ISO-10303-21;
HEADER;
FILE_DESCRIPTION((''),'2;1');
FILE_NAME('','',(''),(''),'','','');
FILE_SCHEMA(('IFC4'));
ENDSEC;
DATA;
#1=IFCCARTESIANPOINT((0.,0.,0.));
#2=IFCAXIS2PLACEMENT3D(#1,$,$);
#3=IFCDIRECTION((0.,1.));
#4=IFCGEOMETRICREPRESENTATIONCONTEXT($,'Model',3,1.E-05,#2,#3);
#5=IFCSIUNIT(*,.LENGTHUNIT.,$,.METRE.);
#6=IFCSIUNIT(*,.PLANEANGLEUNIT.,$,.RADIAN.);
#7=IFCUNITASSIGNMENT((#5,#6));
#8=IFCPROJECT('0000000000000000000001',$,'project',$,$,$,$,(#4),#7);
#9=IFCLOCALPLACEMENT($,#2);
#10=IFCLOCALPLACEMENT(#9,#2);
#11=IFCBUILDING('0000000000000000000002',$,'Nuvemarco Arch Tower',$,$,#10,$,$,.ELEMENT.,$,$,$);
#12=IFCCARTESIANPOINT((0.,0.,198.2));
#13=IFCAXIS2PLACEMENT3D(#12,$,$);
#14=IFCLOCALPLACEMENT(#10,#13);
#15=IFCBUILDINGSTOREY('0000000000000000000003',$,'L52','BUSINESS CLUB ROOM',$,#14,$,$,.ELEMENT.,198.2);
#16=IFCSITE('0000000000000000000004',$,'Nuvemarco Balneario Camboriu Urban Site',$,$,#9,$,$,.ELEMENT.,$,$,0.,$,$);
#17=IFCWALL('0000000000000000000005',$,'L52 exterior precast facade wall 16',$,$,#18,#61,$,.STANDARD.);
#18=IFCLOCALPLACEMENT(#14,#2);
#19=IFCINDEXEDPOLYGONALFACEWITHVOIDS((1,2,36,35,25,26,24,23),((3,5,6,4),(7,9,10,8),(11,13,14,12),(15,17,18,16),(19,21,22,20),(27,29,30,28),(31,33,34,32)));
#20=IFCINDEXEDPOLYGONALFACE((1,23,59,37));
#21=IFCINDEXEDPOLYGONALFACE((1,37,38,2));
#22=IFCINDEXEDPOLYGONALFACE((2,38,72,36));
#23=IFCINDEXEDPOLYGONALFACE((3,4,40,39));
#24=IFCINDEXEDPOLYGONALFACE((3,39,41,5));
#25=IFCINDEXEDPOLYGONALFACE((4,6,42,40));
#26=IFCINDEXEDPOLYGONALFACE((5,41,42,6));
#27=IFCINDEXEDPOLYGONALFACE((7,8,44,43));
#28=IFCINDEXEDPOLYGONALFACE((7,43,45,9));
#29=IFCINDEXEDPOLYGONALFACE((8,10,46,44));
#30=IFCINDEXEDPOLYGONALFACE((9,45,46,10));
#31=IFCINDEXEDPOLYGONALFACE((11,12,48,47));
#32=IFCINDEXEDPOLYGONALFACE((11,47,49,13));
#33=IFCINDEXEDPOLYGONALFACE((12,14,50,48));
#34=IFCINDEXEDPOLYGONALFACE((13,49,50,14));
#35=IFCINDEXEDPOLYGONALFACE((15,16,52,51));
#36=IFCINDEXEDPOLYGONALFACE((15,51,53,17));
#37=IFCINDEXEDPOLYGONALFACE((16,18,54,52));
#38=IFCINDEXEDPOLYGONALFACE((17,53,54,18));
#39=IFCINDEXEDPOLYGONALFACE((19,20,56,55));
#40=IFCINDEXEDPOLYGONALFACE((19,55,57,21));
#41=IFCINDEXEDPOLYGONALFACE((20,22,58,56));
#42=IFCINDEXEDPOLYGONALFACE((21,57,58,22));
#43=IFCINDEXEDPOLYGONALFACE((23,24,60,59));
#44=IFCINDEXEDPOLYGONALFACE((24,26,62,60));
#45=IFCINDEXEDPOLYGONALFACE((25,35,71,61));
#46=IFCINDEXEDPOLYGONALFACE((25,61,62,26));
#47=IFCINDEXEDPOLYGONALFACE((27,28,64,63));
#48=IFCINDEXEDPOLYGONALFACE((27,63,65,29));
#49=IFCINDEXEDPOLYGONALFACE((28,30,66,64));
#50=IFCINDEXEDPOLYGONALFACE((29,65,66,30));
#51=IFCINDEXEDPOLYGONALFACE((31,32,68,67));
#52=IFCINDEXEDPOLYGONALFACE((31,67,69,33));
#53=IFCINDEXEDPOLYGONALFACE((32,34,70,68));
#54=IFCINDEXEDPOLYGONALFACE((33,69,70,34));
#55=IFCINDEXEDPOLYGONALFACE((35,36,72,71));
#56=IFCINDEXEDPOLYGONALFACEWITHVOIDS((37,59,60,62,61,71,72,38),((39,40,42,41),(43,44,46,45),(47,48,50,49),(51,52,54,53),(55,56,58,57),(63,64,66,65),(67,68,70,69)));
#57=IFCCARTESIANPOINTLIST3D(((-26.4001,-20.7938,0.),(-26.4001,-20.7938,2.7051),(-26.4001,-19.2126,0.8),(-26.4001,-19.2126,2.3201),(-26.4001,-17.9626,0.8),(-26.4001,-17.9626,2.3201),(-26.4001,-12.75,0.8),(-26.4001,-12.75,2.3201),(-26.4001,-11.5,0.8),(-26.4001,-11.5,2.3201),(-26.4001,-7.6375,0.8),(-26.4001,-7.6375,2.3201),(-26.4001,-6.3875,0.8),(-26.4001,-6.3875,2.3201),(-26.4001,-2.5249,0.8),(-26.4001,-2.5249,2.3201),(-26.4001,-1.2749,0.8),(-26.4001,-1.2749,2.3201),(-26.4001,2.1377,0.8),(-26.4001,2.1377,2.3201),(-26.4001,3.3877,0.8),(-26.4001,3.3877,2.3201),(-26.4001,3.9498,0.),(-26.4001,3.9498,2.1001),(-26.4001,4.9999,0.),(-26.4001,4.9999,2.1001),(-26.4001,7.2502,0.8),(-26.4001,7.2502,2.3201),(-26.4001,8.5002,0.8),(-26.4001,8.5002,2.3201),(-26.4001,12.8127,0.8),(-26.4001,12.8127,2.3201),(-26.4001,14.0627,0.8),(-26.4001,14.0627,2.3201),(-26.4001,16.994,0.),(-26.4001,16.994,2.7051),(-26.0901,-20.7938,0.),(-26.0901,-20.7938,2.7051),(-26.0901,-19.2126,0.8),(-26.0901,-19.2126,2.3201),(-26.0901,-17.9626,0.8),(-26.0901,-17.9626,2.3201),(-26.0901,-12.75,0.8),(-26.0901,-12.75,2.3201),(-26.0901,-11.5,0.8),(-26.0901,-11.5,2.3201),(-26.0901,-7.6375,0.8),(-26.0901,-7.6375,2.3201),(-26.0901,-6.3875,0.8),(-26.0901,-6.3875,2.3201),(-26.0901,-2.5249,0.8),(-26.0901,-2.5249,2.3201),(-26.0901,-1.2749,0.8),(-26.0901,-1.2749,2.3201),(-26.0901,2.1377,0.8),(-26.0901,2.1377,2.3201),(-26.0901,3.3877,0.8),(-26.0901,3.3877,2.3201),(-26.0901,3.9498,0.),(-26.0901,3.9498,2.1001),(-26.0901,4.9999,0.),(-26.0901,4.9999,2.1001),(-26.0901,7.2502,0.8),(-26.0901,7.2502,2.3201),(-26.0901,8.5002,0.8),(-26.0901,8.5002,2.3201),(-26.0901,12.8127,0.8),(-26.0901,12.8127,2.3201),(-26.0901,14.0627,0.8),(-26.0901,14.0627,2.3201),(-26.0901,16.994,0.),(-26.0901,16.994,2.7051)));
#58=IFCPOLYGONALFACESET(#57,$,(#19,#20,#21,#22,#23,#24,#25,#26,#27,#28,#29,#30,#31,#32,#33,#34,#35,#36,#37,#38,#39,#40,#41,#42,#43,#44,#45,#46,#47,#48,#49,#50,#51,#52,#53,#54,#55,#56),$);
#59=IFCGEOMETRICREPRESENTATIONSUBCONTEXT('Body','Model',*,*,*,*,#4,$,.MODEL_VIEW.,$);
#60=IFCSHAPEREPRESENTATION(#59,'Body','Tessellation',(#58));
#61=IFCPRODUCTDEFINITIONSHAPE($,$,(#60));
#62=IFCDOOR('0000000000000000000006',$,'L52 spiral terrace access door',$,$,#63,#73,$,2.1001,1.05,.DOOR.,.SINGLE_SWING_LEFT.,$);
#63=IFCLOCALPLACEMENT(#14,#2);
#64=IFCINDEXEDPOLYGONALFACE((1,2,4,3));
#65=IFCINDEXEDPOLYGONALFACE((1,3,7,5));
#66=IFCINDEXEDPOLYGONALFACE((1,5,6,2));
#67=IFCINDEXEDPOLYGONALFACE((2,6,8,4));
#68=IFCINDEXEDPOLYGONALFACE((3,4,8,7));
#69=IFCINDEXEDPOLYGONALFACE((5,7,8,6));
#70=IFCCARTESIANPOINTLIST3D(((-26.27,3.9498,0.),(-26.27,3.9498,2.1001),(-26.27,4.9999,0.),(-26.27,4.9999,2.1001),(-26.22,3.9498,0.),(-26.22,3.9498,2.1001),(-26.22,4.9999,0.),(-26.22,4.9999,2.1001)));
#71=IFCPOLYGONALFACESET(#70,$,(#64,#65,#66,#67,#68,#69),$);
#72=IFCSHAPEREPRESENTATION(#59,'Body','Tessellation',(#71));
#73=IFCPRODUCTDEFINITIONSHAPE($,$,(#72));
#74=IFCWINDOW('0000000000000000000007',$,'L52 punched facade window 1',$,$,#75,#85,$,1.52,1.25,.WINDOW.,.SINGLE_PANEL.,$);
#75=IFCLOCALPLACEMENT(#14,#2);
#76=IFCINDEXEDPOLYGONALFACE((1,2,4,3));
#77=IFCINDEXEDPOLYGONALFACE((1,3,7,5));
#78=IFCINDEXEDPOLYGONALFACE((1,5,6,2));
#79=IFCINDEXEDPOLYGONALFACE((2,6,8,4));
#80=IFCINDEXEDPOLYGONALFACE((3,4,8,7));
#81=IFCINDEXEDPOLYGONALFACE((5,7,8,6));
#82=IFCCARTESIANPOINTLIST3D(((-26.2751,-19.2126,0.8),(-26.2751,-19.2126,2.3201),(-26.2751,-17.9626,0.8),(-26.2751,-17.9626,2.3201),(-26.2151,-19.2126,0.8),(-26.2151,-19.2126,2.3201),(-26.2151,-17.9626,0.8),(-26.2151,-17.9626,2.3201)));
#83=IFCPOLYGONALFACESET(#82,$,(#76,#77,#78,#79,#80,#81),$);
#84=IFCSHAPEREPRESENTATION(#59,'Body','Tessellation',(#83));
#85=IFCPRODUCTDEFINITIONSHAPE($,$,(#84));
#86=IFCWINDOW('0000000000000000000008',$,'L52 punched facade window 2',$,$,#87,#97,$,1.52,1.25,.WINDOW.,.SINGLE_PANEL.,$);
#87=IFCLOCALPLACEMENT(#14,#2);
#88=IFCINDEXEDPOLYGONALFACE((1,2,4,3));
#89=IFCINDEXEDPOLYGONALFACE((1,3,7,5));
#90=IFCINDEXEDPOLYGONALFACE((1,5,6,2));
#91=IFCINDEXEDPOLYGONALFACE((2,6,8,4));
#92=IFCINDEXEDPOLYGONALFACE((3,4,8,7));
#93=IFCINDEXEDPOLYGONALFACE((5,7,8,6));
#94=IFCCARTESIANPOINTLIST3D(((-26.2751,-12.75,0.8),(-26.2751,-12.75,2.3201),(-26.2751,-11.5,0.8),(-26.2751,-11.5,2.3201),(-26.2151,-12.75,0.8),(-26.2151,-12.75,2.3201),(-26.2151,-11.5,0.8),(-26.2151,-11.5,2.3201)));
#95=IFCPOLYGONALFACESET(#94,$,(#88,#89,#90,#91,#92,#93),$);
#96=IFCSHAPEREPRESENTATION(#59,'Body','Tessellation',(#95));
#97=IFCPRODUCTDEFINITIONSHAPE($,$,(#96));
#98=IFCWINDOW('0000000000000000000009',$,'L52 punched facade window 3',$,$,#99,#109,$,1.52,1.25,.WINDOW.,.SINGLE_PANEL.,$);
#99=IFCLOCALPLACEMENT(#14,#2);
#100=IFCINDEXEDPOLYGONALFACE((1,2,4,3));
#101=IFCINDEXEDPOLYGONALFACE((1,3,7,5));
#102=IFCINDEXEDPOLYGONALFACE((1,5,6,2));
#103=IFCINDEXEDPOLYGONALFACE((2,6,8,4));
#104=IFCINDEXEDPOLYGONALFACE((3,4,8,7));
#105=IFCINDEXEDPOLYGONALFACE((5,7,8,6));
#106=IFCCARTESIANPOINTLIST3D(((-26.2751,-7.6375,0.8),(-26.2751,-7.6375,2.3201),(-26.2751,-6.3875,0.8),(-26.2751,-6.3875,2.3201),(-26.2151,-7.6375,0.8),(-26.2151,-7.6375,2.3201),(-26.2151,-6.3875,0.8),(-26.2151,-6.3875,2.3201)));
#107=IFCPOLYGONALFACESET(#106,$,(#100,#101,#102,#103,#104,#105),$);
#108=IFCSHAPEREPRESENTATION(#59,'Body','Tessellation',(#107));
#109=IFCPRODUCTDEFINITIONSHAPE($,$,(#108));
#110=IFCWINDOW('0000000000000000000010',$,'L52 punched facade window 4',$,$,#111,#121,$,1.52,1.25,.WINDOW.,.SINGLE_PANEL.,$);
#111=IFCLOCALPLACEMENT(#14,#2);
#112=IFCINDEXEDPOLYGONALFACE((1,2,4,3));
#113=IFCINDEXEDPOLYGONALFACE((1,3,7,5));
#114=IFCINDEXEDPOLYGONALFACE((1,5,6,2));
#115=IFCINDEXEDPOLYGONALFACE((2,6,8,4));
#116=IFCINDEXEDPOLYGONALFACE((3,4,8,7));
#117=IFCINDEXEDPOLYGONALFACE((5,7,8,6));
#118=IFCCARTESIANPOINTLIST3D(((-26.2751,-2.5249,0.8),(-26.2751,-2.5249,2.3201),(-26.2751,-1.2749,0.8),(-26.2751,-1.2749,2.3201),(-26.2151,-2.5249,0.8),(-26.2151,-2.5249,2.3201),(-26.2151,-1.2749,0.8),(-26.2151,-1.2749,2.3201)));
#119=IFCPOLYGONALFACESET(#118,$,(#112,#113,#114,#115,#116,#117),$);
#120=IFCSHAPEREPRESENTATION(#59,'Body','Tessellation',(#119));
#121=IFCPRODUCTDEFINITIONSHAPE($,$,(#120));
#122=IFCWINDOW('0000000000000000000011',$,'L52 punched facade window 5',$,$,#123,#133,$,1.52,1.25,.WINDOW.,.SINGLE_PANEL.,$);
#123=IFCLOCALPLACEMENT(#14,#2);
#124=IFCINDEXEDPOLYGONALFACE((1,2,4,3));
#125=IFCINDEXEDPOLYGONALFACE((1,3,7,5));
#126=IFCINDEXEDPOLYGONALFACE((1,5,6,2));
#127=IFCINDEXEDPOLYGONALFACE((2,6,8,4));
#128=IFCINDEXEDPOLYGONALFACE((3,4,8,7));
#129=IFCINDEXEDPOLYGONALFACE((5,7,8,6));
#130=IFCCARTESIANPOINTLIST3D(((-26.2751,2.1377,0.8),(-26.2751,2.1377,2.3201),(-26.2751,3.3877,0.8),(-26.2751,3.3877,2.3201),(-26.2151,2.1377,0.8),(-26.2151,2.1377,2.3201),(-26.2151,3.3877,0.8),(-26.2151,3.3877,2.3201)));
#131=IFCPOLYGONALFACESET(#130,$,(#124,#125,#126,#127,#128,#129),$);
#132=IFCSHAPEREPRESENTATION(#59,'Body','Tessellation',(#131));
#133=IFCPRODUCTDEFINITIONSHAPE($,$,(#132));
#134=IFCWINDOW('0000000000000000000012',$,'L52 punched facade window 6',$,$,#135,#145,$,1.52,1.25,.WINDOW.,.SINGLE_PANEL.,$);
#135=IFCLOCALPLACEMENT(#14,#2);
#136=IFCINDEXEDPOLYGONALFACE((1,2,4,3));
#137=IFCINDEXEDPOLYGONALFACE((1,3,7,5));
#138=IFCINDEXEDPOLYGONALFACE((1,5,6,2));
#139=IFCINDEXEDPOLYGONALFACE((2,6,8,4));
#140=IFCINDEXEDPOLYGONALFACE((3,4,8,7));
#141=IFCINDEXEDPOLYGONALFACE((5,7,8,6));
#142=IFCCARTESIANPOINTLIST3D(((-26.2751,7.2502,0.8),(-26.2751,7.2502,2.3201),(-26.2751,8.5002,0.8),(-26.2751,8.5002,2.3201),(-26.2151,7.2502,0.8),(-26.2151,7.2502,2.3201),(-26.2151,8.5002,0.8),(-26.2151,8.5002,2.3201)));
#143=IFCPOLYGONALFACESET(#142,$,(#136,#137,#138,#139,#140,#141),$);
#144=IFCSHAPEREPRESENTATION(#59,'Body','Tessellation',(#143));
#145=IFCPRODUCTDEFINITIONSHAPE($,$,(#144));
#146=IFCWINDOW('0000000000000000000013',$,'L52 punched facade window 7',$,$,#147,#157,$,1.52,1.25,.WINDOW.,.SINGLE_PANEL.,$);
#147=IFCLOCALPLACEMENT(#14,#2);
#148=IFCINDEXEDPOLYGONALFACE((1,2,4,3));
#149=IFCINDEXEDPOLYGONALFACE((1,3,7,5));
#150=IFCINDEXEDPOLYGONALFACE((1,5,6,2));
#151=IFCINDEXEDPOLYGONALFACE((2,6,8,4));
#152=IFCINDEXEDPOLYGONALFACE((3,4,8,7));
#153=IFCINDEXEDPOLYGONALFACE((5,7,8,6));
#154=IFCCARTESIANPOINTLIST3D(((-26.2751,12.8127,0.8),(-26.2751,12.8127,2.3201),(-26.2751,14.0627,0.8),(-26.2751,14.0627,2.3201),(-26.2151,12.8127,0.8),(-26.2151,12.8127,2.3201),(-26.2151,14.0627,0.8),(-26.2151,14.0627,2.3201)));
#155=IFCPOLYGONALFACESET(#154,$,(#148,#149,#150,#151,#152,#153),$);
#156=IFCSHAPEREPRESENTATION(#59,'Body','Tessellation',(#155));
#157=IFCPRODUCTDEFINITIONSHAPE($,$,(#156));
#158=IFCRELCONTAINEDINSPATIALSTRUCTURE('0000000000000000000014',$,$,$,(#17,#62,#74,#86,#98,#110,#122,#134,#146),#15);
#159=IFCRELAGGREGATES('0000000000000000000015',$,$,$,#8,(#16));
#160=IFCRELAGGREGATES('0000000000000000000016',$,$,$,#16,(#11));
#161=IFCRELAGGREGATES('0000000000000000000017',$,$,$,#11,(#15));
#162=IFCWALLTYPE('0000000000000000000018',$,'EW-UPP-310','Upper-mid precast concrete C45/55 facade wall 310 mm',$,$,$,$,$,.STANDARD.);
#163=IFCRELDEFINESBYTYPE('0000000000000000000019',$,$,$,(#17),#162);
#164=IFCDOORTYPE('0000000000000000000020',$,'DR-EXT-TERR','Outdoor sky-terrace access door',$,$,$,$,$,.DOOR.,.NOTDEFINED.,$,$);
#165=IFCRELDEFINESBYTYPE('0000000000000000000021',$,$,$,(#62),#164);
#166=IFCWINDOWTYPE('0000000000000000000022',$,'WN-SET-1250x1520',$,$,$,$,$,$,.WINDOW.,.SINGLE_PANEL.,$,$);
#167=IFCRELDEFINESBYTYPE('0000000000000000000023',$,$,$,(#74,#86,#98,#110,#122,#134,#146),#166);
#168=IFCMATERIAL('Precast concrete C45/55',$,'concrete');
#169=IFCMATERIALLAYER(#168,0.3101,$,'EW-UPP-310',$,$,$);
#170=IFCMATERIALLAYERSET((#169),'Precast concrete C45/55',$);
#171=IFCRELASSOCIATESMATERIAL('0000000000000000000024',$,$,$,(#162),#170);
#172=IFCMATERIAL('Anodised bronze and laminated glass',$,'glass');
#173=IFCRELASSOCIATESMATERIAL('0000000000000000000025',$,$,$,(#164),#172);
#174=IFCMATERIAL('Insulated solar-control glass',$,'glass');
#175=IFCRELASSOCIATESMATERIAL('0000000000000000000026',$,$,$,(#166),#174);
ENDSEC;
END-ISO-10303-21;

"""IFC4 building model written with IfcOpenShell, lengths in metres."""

from ifc_helpers import new_model, si_unit, direction, frame, frame_2d, origin, place, context, subcontext, project, spatial, rectangle, extrude, source, transform, mapped, material, layer, layer_set, type_object, type_shapes, element, fill, save


model = new_model("IFC4")

# Units and contexts
model_context = context("Model", 3, precision=1e-05, world=origin(), true_north=direction((0.0, 1.0)))
body_context = subcontext(model_context, "Body", "Model", "MODEL_VIEW")
ifc_project = project(units=[si_unit("LENGTHUNIT", "METRE"), si_unit("PLANEANGLEUNIT", "RADIAN")], contexts=[model_context])

# Site, building, storey
site_placement = place(None, origin())
site = spatial("IfcSite", under=ifc_project, at=site_placement, Name="Nuvemarco Balneario Camboriu Urban Site", CompositionType="ELEMENT", RefElevation=0.0)
building_placement = place(site_placement, origin())
building = spatial("IfcBuilding", under=site, at=building_placement, Name="Nuvemarco Arch Tower", CompositionType="ELEMENT")
storey_placement = place(building_placement, frame((0.0, 0.0, 198.2)))
storey = spatial("IfcBuildingStorey", under=building, at=storey_placement, Name="L52", Description="BUSINESS CLUB ROOM", CompositionType="ELEMENT", Elevation=198.2)

# Wall, openings, door, windows
ifc_material_1 = material(Name="Precast concrete C45/55", Category="concrete")
ifc_layer = layer(ifc_material_1, 0.3101, Name="EW-UPP-310")
ifc_layer_set = layer_set([ifc_layer], Name="Precast concrete C45/55")
wall_type = type_object("IfcWallType", Name="EW-UPP-310", Description="Upper-mid precast concrete C45/55 facade wall 310 mm", PredefinedType="STANDARD", material=ifc_layer_set)
wall_1_placement = place(storey_placement, frame((-26.2451, -20.7939, 0.0), z_axis=(0.0, 0.0, 1.0), x_axis=(0.0, 1.0, 0.0)))
wall_1 = element("IfcWall", 1, at=wall_1_placement, inside=storey, type_object=wall_type, Name="L52 exterior precast facade wall 16", PredefinedType="STANDARD", context=body_context, shape_type="SweptSolid", body=[
    extrude(rectangle(XDim=37.7878, YDim=0.3101, at=frame_2d((18.894, 0.0))), origin(), (0.0, 0.0, 1.0), 2.7051),
])
opening_1_placement = place(wall_1_placement, frame((24.7439, 0.0, 0.0)))
opening_1 = element("IfcOpeningElement", 2, at=opening_1_placement, cuts=wall_1, PredefinedType="OPENING", context=body_context, shape_type="SweptSolid", body=[
    extrude(rectangle(XDim=1.05, YDim=2.1001, at=frame_2d((0.5249, 1.05))), frame((0.0, 0.165, 0.0), z_axis=(0.0, -1.0, 0.0), x_axis=(1.0, 0.0, 0.0)), (0.0, 0.0, 1.0), 0.3301),
])
opening_2_placement = place(wall_1_placement, frame((1.5813, 0.0, 0.8)))
opening_2 = element("IfcOpeningElement", 3, at=opening_2_placement, cuts=wall_1, PredefinedType="OPENING", context=body_context, shape_type="SweptSolid", body=[
    extrude(rectangle(XDim=1.25, YDim=1.52, at=frame_2d((0.625, 0.76))), frame((0.0, 0.165, 0.0), z_axis=(0.0, -1.0, 0.0), x_axis=(1.0, 0.0, 0.0)), (0.0, 0.0, 1.0), 0.3301),
])
opening_3_placement = place(wall_1_placement, frame((8.0439, 0.0, 0.8)))
opening_3 = element("IfcOpeningElement", 4, at=opening_3_placement, cuts=wall_1, PredefinedType="OPENING", context=body_context, shape_type="SweptSolid", body=[
    extrude(rectangle(XDim=1.25, YDim=1.52, at=frame_2d((0.625, 0.76))), frame((0.0, 0.165, 0.0), z_axis=(0.0, -1.0, 0.0), x_axis=(1.0, 0.0, 0.0)), (0.0, 0.0, 1.0), 0.3301),
])
opening_4_placement = place(wall_1_placement, frame((13.1565, 0.0, 0.8)))
opening_4 = element("IfcOpeningElement", 5, at=opening_4_placement, cuts=wall_1, PredefinedType="OPENING", context=body_context, shape_type="SweptSolid", body=[
    extrude(rectangle(XDim=1.25, YDim=1.52, at=frame_2d((0.625, 0.76))), frame((0.0, 0.165, 0.0), z_axis=(0.0, -1.0, 0.0), x_axis=(1.0, 0.0, 0.0)), (0.0, 0.0, 1.0), 0.3301),
])
opening_5_placement = place(wall_1_placement, frame((18.269, 0.0, 0.8)))
opening_5 = element("IfcOpeningElement", 6, at=opening_5_placement, cuts=wall_1, PredefinedType="OPENING", context=body_context, shape_type="SweptSolid", body=[
    extrude(rectangle(XDim=1.25, YDim=1.52, at=frame_2d((0.625, 0.76))), frame((0.0, 0.165, 0.0), z_axis=(0.0, -1.0, 0.0), x_axis=(1.0, 0.0, 0.0)), (0.0, 0.0, 1.0), 0.3301),
])
opening_6_placement = place(wall_1_placement, frame((22.9316, 0.0, 0.8)))
opening_6 = element("IfcOpeningElement", 7, at=opening_6_placement, cuts=wall_1, PredefinedType="OPENING", context=body_context, shape_type="SweptSolid", body=[
    extrude(rectangle(XDim=1.25, YDim=1.52, at=frame_2d((0.625, 0.76))), frame((0.0, 0.165, 0.0), z_axis=(0.0, -1.0, 0.0), x_axis=(1.0, 0.0, 0.0)), (0.0, 0.0, 1.0), 0.3301),
])
opening_7_placement = place(wall_1_placement, frame((28.0442, 0.0, 0.8)))
opening_7 = element("IfcOpeningElement", 8, at=opening_7_placement, cuts=wall_1, PredefinedType="OPENING", context=body_context, shape_type="SweptSolid", body=[
    extrude(rectangle(XDim=1.25, YDim=1.52, at=frame_2d((0.625, 0.76))), frame((0.0, 0.165, 0.0), z_axis=(0.0, -1.0, 0.0), x_axis=(1.0, 0.0, 0.0)), (0.0, 0.0, 1.0), 0.3301),
])
opening_8_placement = place(wall_1_placement, frame((33.6067, 0.0, 0.8)))
opening_8 = element("IfcOpeningElement", 9, at=opening_8_placement, cuts=wall_1, PredefinedType="OPENING", context=body_context, shape_type="SweptSolid", body=[
    extrude(rectangle(XDim=1.25, YDim=1.52, at=frame_2d((0.625, 0.76))), frame((0.0, 0.165, 0.0), z_axis=(0.0, -1.0, 0.0), x_axis=(1.0, 0.0, 0.0)), (0.0, 0.0, 1.0), 0.3301),
])
ifc_material_2 = material(Name="Anodised bronze and laminated glass", Category="glass")
door_type = type_object("IfcDoorType", Name="DR-EXT-TERR", Description="Outdoor sky-terrace access door", OperationType="NOTDEFINED", PredefinedType="DOOR", material=ifc_material_2)
shared_shape_1 = source(origin(), body_context, "Body", "SweptSolid", [
    extrude(rectangle(XDim=1.05, YDim=2.1001, at=frame_2d((0.5249, 1.05))), frame((0.0, 0.0249, 0.0), z_axis=(0.0, -1.0, 0.0), x_axis=(1.0, 0.0, 0.0)), (0.0, 0.0, 1.0), 0.05),
])
type_shapes(door_type, [shared_shape_1])
door_placement = place(opening_1_placement, origin())
door = element("IfcDoor", 10, at=door_placement, inside=storey, type_object=door_type, Name="L52 spiral terrace access door", OperationType="SINGLE_SWING_LEFT", OverallHeight=2.1001, OverallWidth=1.05, PredefinedType="DOOR", context=body_context, shape_type="MappedRepresentation", body=[
    mapped(shared_shape_1, transform((0.0, 0.0, 0.0), scale=1.0)),
])
fill(opening_1, door)
ifc_material_3 = material(Name="Insulated solar-control glass", Category="glass")
window_type = type_object("IfcWindowType", Name="WN-SET-1250x1520", PartitioningType="SINGLE_PANEL", PredefinedType="WINDOW", material=ifc_material_3)
shared_shape_2 = source(origin(), body_context, "Body", "SweptSolid", [
    extrude(rectangle(XDim=1.25, YDim=1.52, at=frame_2d((0.625, 0.76))), frame((0.0, 0.03, 0.0), z_axis=(0.0, -1.0, 0.0), x_axis=(1.0, 0.0, 0.0)), (0.0, 0.0, 1.0), 0.0601),
])
type_shapes(window_type, [shared_shape_2])
window_1_placement = place(opening_2_placement, origin())
window_1 = element("IfcWindow", 11, at=window_1_placement, inside=storey, type_object=window_type, Name="L52 punched facade window 1", OverallHeight=1.52, OverallWidth=1.25, PartitioningType="SINGLE_PANEL", PredefinedType="WINDOW", context=body_context, shape_type="MappedRepresentation", body=[
    mapped(shared_shape_2, transform((0.0, 0.0, 0.0), scale=1.0)),
])
fill(opening_2, window_1)
window_2_placement = place(opening_3_placement, origin())
window_2 = element("IfcWindow", 12, at=window_2_placement, inside=storey, type_object=window_type, Name="L52 punched facade window 2", OverallHeight=1.52, OverallWidth=1.25, PartitioningType="SINGLE_PANEL", PredefinedType="WINDOW", context=body_context, shape_type="MappedRepresentation", body=[
    mapped(shared_shape_2, transform((0.0, 0.0, 0.0), scale=1.0)),
])
fill(opening_3, window_2)
window_3_placement = place(opening_4_placement, origin())
window_3 = element("IfcWindow", 13, at=window_3_placement, inside=storey, type_object=window_type, Name="L52 punched facade window 3", OverallHeight=1.52, OverallWidth=1.25, PartitioningType="SINGLE_PANEL", PredefinedType="WINDOW", context=body_context, shape_type="MappedRepresentation", body=[
    mapped(shared_shape_2, transform((0.0, 0.0, 0.0), scale=1.0)),
])
fill(opening_4, window_3)
window_4_placement = place(opening_5_placement, origin())
window_4 = element("IfcWindow", 14, at=window_4_placement, inside=storey, type_object=window_type, Name="L52 punched facade window 4", OverallHeight=1.52, OverallWidth=1.25, PartitioningType="SINGLE_PANEL", PredefinedType="WINDOW", context=body_context, shape_type="MappedRepresentation", body=[
    mapped(shared_shape_2, transform((0.0, 0.0, 0.0), scale=1.0)),
])
fill(opening_5, window_4)
window_5_placement = place(opening_6_placement, origin())
window_5 = element("IfcWindow", 15, at=window_5_placement, inside=storey, type_object=window_type, Name="L52 punched facade window 5", OverallHeight=1.52, OverallWidth=1.25, PartitioningType="SINGLE_PANEL", PredefinedType="WINDOW", context=body_context, shape_type="MappedRepresentation", body=[
    mapped(shared_shape_2, transform((0.0, 0.0, 0.0), scale=1.0)),
])
fill(opening_6, window_5)
window_6_placement = place(opening_7_placement, origin())
window_6 = element("IfcWindow", 16, at=window_6_placement, inside=storey, type_object=window_type, Name="L52 punched facade window 6", OverallHeight=1.52, OverallWidth=1.25, PartitioningType="SINGLE_PANEL", PredefinedType="WINDOW", context=body_context, shape_type="MappedRepresentation", body=[
    mapped(shared_shape_2, transform((0.0, 0.0, 0.0), scale=1.0)),
])
fill(opening_7, window_6)
window_7_placement = place(opening_8_placement, origin())
window_7 = element("IfcWindow", 17, at=window_7_placement, inside=storey, type_object=window_type, Name="L52 punched facade window 7", OverallHeight=1.52, OverallWidth=1.25, PartitioningType="SINGLE_PANEL", PredefinedType="WINDOW", context=body_context, shape_type="MappedRepresentation", body=[
    mapped(shared_shape_2, transform((0.0, 0.0, 0.0), scale=1.0)),
])
fill(opening_8, window_7)

save(model, "model.ifc")
